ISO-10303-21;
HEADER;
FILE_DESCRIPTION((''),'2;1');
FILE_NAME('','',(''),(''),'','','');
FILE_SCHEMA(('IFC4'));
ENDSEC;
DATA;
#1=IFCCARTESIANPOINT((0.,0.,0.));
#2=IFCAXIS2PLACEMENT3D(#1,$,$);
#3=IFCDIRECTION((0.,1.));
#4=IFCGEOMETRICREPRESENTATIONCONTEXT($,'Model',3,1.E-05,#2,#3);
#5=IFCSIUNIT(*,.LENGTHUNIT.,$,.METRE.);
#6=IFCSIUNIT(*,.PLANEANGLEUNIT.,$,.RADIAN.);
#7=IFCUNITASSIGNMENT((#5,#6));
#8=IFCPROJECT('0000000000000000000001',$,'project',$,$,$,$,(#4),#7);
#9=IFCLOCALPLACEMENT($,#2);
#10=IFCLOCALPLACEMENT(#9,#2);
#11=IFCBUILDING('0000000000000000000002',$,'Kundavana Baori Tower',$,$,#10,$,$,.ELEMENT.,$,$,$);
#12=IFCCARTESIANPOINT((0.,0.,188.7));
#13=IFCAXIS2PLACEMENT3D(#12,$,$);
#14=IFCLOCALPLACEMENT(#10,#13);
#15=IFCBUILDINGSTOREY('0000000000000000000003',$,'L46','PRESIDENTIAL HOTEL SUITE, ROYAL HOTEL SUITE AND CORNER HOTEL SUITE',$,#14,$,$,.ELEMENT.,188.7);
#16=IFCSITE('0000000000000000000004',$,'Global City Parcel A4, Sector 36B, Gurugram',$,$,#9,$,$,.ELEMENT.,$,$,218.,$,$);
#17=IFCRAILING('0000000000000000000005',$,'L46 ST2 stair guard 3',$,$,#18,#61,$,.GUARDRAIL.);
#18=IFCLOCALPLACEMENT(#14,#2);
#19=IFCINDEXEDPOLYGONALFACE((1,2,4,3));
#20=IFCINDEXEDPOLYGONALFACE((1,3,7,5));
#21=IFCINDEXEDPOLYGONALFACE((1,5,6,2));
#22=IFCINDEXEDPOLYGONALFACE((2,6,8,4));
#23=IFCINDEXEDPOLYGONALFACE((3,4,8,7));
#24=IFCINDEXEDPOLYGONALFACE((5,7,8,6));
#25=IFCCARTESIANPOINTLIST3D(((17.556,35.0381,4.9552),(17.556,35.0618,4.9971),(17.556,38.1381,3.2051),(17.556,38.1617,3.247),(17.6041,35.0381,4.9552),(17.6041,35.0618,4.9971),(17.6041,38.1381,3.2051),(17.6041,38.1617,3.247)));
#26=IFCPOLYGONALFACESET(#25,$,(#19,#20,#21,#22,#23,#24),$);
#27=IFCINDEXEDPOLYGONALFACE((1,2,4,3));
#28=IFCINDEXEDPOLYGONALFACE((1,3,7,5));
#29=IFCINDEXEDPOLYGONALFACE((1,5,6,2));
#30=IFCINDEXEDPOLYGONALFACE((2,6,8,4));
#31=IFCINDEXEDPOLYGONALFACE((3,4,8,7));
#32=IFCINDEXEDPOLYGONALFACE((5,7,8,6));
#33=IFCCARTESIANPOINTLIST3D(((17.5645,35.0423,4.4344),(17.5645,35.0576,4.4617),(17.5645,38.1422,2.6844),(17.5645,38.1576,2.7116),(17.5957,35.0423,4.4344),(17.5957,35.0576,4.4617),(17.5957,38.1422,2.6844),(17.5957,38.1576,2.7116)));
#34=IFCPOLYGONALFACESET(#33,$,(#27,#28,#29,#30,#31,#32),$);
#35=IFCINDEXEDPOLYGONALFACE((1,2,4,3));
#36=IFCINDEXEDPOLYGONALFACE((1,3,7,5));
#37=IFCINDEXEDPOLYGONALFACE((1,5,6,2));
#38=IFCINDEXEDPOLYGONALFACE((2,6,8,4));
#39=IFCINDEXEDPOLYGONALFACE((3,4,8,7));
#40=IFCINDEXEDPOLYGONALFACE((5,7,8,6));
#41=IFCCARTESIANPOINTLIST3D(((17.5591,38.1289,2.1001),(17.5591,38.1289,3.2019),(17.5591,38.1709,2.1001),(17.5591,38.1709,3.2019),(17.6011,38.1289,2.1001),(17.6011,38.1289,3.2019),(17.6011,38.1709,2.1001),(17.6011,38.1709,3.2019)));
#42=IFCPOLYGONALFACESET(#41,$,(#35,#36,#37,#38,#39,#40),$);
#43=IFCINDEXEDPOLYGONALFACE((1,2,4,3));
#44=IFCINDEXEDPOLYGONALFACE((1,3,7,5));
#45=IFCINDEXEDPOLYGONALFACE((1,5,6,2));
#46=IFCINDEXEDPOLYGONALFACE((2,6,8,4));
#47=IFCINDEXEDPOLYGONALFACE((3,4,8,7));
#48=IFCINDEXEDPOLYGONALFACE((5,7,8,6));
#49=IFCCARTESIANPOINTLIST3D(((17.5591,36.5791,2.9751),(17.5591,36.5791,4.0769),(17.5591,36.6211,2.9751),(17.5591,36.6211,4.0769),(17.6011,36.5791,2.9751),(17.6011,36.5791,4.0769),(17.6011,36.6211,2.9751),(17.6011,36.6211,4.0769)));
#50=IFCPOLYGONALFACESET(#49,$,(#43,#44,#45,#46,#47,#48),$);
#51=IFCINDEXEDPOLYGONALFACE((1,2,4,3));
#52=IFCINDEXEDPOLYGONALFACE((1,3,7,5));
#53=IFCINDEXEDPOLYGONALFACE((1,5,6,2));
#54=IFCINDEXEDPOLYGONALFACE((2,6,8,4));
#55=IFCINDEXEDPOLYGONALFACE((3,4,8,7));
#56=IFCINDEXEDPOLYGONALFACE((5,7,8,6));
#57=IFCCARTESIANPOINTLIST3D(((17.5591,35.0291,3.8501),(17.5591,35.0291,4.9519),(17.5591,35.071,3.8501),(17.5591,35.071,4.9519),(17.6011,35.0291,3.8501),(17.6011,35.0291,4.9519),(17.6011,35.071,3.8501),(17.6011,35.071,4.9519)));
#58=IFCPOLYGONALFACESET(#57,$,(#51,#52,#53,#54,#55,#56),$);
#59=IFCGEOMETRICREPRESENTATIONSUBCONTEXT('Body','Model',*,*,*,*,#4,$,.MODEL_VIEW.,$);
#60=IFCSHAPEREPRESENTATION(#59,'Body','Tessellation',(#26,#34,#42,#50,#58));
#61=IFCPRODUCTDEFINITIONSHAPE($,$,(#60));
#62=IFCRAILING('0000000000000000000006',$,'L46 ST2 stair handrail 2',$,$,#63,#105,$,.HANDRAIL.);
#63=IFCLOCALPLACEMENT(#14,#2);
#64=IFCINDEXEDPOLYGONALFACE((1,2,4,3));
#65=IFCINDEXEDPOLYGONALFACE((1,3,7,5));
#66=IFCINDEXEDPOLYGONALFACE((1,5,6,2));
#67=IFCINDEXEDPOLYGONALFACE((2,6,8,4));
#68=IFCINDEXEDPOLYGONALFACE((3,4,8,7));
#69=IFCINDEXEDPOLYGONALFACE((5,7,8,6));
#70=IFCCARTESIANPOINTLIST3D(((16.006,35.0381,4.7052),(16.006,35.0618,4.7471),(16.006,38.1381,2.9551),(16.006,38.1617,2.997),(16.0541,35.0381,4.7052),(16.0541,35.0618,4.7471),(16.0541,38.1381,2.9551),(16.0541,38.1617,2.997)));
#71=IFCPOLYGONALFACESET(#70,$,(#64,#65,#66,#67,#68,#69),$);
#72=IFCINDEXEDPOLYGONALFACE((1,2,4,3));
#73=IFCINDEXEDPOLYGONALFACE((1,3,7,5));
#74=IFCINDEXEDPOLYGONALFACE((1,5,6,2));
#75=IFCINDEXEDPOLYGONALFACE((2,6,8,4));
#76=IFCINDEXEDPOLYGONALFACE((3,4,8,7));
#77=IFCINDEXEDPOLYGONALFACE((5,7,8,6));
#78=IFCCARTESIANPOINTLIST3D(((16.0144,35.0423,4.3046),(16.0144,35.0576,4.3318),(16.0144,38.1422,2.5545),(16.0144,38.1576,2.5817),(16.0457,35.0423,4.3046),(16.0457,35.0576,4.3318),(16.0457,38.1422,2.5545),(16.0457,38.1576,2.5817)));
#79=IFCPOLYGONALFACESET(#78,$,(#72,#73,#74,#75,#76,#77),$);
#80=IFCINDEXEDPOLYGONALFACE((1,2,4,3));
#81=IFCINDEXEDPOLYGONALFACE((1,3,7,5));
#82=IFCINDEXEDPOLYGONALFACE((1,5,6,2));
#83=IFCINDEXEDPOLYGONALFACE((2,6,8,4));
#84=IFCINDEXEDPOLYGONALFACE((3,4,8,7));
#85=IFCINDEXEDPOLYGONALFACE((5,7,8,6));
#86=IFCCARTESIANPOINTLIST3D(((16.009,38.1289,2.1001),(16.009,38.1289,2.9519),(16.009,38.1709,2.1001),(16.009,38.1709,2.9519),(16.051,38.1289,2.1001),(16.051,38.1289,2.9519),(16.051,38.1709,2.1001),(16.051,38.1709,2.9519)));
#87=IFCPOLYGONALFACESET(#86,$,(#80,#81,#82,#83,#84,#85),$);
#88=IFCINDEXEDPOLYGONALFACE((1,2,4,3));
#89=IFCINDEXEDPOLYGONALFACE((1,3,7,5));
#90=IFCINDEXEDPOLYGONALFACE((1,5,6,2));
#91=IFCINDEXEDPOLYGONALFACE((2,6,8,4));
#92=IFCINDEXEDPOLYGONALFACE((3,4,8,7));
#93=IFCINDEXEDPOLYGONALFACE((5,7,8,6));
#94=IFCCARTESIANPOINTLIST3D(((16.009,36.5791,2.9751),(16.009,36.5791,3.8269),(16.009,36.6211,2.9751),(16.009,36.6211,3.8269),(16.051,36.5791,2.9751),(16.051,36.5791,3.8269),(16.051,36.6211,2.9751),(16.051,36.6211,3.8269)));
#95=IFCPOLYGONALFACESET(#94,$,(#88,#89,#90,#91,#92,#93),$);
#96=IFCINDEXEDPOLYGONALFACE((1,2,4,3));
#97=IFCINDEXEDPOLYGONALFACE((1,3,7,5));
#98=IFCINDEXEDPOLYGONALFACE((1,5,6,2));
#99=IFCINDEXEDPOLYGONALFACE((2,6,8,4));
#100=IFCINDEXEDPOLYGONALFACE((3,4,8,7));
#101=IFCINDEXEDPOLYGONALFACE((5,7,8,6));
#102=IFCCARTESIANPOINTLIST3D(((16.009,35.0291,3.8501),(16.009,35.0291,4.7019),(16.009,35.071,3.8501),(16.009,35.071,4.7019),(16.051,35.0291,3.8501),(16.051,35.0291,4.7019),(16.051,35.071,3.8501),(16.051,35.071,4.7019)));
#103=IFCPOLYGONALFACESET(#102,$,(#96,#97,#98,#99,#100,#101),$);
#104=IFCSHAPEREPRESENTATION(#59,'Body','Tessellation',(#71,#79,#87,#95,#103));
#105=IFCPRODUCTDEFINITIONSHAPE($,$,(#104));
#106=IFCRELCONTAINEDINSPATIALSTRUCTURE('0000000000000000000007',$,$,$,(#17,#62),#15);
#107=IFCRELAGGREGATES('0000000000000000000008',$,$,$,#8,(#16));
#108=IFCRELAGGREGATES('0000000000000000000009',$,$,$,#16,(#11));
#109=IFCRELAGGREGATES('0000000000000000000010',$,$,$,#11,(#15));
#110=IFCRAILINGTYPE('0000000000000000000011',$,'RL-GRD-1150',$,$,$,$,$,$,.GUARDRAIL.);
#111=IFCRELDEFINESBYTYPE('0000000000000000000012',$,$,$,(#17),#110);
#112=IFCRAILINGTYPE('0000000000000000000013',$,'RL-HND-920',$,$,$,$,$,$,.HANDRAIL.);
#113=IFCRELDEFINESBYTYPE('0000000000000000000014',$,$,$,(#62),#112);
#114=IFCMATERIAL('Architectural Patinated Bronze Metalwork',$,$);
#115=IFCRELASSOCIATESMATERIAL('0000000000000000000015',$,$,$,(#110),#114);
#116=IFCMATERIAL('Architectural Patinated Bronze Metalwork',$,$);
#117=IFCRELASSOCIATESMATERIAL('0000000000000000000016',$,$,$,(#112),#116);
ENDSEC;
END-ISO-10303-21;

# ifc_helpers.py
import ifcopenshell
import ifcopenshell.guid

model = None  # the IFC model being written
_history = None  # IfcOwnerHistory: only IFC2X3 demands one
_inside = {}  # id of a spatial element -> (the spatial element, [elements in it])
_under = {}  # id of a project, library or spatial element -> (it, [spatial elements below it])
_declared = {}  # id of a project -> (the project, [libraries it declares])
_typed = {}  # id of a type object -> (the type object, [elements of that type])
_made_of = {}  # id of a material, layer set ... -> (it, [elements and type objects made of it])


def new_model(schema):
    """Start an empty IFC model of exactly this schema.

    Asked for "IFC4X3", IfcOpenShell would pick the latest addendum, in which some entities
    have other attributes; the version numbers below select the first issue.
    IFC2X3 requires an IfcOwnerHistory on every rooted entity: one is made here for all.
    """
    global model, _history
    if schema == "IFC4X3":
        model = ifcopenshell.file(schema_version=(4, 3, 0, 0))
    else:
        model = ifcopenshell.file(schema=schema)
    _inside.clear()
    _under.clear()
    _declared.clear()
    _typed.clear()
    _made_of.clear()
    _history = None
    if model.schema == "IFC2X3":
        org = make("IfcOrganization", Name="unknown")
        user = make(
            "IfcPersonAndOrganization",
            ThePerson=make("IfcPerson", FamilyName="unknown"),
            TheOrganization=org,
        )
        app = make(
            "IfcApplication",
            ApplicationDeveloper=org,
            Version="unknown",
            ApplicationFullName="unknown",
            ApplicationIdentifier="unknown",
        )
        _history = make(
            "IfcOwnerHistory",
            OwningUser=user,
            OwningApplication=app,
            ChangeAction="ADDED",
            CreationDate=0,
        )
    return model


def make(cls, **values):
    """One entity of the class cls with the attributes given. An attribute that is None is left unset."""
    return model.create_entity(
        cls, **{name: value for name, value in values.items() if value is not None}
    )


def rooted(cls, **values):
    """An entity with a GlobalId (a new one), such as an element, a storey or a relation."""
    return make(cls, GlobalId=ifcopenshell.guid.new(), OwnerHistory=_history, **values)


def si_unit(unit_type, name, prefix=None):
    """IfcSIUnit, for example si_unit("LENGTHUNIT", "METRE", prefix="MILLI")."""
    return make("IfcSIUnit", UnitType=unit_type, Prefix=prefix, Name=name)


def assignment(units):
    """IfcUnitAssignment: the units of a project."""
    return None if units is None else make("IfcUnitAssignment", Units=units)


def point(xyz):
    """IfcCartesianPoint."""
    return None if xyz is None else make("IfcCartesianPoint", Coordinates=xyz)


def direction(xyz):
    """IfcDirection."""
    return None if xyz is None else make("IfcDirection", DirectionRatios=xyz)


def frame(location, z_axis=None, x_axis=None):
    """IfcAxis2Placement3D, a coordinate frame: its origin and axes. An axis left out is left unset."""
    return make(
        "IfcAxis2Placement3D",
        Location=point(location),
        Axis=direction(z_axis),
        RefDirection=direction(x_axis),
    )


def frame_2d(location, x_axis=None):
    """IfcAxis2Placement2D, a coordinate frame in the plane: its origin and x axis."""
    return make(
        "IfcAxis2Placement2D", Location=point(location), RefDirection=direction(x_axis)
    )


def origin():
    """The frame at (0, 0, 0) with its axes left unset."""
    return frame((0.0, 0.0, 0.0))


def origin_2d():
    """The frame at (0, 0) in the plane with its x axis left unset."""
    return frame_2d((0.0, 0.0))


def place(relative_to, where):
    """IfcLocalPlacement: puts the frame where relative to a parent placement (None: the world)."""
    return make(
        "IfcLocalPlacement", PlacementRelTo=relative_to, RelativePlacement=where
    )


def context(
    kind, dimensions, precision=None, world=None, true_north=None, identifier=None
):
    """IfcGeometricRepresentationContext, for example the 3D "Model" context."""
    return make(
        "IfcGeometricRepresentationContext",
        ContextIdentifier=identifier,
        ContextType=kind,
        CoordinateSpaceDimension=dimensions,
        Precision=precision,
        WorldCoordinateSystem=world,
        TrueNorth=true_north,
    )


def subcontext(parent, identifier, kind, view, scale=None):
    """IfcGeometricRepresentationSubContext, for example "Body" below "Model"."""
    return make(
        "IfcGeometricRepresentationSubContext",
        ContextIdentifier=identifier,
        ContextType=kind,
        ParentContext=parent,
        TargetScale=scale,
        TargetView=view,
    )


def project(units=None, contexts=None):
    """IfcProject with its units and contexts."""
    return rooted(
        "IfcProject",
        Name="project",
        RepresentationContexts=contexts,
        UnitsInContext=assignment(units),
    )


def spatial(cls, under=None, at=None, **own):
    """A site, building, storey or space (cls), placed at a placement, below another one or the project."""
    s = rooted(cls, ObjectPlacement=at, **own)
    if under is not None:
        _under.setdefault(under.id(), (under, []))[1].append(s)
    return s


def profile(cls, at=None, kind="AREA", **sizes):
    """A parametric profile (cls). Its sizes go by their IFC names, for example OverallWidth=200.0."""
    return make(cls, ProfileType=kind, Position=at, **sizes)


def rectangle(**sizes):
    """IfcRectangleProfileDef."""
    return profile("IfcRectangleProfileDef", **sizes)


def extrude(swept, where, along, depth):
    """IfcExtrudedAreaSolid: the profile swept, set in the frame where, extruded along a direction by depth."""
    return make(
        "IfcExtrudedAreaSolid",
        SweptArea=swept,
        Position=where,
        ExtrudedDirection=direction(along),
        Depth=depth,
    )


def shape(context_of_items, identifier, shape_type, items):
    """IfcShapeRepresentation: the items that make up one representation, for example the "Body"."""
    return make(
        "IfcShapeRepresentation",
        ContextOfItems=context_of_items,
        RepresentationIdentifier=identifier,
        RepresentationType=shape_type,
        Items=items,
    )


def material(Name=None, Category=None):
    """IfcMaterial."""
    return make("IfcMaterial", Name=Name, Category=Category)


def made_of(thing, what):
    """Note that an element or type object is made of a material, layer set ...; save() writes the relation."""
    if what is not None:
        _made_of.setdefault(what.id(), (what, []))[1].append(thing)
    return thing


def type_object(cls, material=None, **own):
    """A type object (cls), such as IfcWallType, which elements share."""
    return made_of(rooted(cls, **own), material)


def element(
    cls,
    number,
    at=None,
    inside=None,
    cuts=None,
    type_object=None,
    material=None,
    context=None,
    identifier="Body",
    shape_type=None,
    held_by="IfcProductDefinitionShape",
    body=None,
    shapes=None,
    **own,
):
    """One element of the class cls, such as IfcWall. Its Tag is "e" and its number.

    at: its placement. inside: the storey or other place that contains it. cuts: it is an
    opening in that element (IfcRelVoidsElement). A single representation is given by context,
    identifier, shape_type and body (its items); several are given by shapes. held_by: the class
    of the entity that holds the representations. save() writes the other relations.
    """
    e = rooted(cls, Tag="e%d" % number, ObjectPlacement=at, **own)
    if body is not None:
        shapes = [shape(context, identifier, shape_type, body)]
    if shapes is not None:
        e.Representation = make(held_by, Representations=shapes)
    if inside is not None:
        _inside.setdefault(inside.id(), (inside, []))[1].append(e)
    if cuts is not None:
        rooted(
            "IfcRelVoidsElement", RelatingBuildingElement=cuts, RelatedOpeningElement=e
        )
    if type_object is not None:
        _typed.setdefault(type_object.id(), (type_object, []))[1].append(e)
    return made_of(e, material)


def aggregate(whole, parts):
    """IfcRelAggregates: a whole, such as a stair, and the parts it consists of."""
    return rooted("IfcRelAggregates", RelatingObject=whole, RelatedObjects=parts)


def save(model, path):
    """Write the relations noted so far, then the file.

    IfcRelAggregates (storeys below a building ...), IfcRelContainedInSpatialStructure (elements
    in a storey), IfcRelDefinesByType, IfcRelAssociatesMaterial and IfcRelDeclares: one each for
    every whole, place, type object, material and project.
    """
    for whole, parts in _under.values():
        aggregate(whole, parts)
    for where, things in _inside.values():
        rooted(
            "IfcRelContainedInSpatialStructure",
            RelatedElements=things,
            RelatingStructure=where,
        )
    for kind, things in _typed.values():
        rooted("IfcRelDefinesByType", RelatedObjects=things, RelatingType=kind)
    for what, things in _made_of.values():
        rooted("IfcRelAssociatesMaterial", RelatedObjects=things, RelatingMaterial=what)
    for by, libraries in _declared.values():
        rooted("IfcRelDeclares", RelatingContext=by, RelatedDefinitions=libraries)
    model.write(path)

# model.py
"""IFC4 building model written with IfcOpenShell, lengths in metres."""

from ifc_helpers import new_model, si_unit, direction, frame, origin, origin_2d, place, context, subcontext, project, spatial, rectangle, extrude, material, type_object, element, save


model = new_model("IFC4")

# Units and contexts
model_context = context("Model", 3, precision=1e-05, world=origin(), true_north=direction((0.0, 1.0)))
body_context = subcontext(model_context, "Body", "Model", "MODEL_VIEW")
ifc_project = project(units=[si_unit("LENGTHUNIT", "METRE"), si_unit("PLANEANGLEUNIT", "RADIAN")], contexts=[model_context])

# Site, building, storey
site_placement = place(None, origin())
site = spatial("IfcSite", under=ifc_project, at=site_placement, Name="Global City Parcel A4, Sector 36B, Gurugram", CompositionType="ELEMENT", RefElevation=218.0)
building_placement = place(site_placement, origin())
building = spatial("IfcBuilding", under=site, at=building_placement, Name="Kundavana Baori Tower", CompositionType="ELEMENT")
storey_placement = place(building_placement, frame((0.0, 0.0, 188.7)))
storey = spatial("IfcBuildingStorey", under=building, at=storey_placement, Name="L46", Description="PRESIDENTIAL HOTEL SUITE, ROYAL HOTEL SUITE AND CORNER HOTEL SUITE", CompositionType="ELEMENT", Elevation=188.7)

# Railings
ifc_material_1 = material(Name="Architectural Patinated Bronze Metalwork")
railing_type_1 = type_object("IfcRailingType", Name="RL-GRD-1150", PredefinedType="GUARDRAIL", material=ifc_material_1)
railing_1_placement = place(storey_placement, frame((17.5801, 38.1499, 2.1001)))
element("IfcRailing", 1, at=railing_1_placement, inside=storey, type_object=railing_type_1, Name="L46 ST2 stair guard 3", PredefinedType="GUARDRAIL", context=body_context, shape_type="SweptSolid", body=[
    extrude(rectangle(XDim=0.0481, YDim=0.0481, at=origin_2d()), frame((0.0, 0.0, 1.126), z_axis=(0.0, -0.870814, 0.491612), x_axis=(1.0, 0.0, 0.0)), (0.0, 0.0, 1.0), 3.5598),
    extrude(rectangle(XDim=0.0312, YDim=0.0312, at=origin_2d()), frame((0.0, 0.0, 0.5979), z_axis=(0.0, -0.870814, 0.491612), x_axis=(1.0, 0.0, 0.0)), (0.0, 0.0, 1.0), 3.5598),
    extrude(rectangle(XDim=0.042, YDim=0.042, at=origin_2d()), origin(), (0.0, 0.0, 1.0), 1.1018),
    extrude(rectangle(XDim=0.042, YDim=0.042, at=origin_2d()), frame((0.0, -1.5498, 0.875)), (0.0, 0.0, 1.0), 1.1018),
    extrude(rectangle(XDim=0.042, YDim=0.042, at=origin_2d()), frame((0.0, -3.0999, 1.75)), (0.0, 0.0, 1.0), 1.1018),
])
ifc_material_2 = material(Name="Architectural Patinated Bronze Metalwork")
railing_type_2 = type_object("IfcRailingType", Name="RL-HND-920", PredefinedType="HANDRAIL", material=ifc_material_2)
railing_2_placement = place(storey_placement, frame((16.03, 38.1499, 2.1001)))
element("IfcRailing", 2, at=railing_2_placement, inside=storey, type_object=railing_type_2, Name="L46 ST2 stair handrail 2", PredefinedType="HANDRAIL", context=body_context, shape_type="SweptSolid", body=[
    extrude(rectangle(XDim=0.0481, YDim=0.0481, at=origin_2d()), frame((0.0, 0.0, 0.876), z_axis=(0.0, -0.870814, 0.491612), x_axis=(1.0, 0.0, 0.0)), (0.0, 0.0, 1.0), 3.5598),
    extrude(rectangle(XDim=0.0312, YDim=0.0312, at=origin_2d()), frame((0.0, 0.0, 0.468), z_axis=(0.0, -0.870814, 0.491612), x_axis=(1.0, 0.0, 0.0)), (0.0, 0.0, 1.0), 3.5598),
    extrude(rectangle(XDim=0.042, YDim=0.042, at=origin_2d()), origin(), (0.0, 0.0, 1.0), 0.8518),
    extrude(rectangle(XDim=0.042, YDim=0.042, at=origin_2d()), frame((0.0, -1.5498, 0.875)), (0.0, 0.0, 1.0), 0.8518),
    extrude(rectangle(XDim=0.042, YDim=0.042, at=origin_2d()), frame((0.0, -3.0999, 1.75)), (0.0, 0.0, 1.0), 0.8518),
])

save(model, "model.ifc")
